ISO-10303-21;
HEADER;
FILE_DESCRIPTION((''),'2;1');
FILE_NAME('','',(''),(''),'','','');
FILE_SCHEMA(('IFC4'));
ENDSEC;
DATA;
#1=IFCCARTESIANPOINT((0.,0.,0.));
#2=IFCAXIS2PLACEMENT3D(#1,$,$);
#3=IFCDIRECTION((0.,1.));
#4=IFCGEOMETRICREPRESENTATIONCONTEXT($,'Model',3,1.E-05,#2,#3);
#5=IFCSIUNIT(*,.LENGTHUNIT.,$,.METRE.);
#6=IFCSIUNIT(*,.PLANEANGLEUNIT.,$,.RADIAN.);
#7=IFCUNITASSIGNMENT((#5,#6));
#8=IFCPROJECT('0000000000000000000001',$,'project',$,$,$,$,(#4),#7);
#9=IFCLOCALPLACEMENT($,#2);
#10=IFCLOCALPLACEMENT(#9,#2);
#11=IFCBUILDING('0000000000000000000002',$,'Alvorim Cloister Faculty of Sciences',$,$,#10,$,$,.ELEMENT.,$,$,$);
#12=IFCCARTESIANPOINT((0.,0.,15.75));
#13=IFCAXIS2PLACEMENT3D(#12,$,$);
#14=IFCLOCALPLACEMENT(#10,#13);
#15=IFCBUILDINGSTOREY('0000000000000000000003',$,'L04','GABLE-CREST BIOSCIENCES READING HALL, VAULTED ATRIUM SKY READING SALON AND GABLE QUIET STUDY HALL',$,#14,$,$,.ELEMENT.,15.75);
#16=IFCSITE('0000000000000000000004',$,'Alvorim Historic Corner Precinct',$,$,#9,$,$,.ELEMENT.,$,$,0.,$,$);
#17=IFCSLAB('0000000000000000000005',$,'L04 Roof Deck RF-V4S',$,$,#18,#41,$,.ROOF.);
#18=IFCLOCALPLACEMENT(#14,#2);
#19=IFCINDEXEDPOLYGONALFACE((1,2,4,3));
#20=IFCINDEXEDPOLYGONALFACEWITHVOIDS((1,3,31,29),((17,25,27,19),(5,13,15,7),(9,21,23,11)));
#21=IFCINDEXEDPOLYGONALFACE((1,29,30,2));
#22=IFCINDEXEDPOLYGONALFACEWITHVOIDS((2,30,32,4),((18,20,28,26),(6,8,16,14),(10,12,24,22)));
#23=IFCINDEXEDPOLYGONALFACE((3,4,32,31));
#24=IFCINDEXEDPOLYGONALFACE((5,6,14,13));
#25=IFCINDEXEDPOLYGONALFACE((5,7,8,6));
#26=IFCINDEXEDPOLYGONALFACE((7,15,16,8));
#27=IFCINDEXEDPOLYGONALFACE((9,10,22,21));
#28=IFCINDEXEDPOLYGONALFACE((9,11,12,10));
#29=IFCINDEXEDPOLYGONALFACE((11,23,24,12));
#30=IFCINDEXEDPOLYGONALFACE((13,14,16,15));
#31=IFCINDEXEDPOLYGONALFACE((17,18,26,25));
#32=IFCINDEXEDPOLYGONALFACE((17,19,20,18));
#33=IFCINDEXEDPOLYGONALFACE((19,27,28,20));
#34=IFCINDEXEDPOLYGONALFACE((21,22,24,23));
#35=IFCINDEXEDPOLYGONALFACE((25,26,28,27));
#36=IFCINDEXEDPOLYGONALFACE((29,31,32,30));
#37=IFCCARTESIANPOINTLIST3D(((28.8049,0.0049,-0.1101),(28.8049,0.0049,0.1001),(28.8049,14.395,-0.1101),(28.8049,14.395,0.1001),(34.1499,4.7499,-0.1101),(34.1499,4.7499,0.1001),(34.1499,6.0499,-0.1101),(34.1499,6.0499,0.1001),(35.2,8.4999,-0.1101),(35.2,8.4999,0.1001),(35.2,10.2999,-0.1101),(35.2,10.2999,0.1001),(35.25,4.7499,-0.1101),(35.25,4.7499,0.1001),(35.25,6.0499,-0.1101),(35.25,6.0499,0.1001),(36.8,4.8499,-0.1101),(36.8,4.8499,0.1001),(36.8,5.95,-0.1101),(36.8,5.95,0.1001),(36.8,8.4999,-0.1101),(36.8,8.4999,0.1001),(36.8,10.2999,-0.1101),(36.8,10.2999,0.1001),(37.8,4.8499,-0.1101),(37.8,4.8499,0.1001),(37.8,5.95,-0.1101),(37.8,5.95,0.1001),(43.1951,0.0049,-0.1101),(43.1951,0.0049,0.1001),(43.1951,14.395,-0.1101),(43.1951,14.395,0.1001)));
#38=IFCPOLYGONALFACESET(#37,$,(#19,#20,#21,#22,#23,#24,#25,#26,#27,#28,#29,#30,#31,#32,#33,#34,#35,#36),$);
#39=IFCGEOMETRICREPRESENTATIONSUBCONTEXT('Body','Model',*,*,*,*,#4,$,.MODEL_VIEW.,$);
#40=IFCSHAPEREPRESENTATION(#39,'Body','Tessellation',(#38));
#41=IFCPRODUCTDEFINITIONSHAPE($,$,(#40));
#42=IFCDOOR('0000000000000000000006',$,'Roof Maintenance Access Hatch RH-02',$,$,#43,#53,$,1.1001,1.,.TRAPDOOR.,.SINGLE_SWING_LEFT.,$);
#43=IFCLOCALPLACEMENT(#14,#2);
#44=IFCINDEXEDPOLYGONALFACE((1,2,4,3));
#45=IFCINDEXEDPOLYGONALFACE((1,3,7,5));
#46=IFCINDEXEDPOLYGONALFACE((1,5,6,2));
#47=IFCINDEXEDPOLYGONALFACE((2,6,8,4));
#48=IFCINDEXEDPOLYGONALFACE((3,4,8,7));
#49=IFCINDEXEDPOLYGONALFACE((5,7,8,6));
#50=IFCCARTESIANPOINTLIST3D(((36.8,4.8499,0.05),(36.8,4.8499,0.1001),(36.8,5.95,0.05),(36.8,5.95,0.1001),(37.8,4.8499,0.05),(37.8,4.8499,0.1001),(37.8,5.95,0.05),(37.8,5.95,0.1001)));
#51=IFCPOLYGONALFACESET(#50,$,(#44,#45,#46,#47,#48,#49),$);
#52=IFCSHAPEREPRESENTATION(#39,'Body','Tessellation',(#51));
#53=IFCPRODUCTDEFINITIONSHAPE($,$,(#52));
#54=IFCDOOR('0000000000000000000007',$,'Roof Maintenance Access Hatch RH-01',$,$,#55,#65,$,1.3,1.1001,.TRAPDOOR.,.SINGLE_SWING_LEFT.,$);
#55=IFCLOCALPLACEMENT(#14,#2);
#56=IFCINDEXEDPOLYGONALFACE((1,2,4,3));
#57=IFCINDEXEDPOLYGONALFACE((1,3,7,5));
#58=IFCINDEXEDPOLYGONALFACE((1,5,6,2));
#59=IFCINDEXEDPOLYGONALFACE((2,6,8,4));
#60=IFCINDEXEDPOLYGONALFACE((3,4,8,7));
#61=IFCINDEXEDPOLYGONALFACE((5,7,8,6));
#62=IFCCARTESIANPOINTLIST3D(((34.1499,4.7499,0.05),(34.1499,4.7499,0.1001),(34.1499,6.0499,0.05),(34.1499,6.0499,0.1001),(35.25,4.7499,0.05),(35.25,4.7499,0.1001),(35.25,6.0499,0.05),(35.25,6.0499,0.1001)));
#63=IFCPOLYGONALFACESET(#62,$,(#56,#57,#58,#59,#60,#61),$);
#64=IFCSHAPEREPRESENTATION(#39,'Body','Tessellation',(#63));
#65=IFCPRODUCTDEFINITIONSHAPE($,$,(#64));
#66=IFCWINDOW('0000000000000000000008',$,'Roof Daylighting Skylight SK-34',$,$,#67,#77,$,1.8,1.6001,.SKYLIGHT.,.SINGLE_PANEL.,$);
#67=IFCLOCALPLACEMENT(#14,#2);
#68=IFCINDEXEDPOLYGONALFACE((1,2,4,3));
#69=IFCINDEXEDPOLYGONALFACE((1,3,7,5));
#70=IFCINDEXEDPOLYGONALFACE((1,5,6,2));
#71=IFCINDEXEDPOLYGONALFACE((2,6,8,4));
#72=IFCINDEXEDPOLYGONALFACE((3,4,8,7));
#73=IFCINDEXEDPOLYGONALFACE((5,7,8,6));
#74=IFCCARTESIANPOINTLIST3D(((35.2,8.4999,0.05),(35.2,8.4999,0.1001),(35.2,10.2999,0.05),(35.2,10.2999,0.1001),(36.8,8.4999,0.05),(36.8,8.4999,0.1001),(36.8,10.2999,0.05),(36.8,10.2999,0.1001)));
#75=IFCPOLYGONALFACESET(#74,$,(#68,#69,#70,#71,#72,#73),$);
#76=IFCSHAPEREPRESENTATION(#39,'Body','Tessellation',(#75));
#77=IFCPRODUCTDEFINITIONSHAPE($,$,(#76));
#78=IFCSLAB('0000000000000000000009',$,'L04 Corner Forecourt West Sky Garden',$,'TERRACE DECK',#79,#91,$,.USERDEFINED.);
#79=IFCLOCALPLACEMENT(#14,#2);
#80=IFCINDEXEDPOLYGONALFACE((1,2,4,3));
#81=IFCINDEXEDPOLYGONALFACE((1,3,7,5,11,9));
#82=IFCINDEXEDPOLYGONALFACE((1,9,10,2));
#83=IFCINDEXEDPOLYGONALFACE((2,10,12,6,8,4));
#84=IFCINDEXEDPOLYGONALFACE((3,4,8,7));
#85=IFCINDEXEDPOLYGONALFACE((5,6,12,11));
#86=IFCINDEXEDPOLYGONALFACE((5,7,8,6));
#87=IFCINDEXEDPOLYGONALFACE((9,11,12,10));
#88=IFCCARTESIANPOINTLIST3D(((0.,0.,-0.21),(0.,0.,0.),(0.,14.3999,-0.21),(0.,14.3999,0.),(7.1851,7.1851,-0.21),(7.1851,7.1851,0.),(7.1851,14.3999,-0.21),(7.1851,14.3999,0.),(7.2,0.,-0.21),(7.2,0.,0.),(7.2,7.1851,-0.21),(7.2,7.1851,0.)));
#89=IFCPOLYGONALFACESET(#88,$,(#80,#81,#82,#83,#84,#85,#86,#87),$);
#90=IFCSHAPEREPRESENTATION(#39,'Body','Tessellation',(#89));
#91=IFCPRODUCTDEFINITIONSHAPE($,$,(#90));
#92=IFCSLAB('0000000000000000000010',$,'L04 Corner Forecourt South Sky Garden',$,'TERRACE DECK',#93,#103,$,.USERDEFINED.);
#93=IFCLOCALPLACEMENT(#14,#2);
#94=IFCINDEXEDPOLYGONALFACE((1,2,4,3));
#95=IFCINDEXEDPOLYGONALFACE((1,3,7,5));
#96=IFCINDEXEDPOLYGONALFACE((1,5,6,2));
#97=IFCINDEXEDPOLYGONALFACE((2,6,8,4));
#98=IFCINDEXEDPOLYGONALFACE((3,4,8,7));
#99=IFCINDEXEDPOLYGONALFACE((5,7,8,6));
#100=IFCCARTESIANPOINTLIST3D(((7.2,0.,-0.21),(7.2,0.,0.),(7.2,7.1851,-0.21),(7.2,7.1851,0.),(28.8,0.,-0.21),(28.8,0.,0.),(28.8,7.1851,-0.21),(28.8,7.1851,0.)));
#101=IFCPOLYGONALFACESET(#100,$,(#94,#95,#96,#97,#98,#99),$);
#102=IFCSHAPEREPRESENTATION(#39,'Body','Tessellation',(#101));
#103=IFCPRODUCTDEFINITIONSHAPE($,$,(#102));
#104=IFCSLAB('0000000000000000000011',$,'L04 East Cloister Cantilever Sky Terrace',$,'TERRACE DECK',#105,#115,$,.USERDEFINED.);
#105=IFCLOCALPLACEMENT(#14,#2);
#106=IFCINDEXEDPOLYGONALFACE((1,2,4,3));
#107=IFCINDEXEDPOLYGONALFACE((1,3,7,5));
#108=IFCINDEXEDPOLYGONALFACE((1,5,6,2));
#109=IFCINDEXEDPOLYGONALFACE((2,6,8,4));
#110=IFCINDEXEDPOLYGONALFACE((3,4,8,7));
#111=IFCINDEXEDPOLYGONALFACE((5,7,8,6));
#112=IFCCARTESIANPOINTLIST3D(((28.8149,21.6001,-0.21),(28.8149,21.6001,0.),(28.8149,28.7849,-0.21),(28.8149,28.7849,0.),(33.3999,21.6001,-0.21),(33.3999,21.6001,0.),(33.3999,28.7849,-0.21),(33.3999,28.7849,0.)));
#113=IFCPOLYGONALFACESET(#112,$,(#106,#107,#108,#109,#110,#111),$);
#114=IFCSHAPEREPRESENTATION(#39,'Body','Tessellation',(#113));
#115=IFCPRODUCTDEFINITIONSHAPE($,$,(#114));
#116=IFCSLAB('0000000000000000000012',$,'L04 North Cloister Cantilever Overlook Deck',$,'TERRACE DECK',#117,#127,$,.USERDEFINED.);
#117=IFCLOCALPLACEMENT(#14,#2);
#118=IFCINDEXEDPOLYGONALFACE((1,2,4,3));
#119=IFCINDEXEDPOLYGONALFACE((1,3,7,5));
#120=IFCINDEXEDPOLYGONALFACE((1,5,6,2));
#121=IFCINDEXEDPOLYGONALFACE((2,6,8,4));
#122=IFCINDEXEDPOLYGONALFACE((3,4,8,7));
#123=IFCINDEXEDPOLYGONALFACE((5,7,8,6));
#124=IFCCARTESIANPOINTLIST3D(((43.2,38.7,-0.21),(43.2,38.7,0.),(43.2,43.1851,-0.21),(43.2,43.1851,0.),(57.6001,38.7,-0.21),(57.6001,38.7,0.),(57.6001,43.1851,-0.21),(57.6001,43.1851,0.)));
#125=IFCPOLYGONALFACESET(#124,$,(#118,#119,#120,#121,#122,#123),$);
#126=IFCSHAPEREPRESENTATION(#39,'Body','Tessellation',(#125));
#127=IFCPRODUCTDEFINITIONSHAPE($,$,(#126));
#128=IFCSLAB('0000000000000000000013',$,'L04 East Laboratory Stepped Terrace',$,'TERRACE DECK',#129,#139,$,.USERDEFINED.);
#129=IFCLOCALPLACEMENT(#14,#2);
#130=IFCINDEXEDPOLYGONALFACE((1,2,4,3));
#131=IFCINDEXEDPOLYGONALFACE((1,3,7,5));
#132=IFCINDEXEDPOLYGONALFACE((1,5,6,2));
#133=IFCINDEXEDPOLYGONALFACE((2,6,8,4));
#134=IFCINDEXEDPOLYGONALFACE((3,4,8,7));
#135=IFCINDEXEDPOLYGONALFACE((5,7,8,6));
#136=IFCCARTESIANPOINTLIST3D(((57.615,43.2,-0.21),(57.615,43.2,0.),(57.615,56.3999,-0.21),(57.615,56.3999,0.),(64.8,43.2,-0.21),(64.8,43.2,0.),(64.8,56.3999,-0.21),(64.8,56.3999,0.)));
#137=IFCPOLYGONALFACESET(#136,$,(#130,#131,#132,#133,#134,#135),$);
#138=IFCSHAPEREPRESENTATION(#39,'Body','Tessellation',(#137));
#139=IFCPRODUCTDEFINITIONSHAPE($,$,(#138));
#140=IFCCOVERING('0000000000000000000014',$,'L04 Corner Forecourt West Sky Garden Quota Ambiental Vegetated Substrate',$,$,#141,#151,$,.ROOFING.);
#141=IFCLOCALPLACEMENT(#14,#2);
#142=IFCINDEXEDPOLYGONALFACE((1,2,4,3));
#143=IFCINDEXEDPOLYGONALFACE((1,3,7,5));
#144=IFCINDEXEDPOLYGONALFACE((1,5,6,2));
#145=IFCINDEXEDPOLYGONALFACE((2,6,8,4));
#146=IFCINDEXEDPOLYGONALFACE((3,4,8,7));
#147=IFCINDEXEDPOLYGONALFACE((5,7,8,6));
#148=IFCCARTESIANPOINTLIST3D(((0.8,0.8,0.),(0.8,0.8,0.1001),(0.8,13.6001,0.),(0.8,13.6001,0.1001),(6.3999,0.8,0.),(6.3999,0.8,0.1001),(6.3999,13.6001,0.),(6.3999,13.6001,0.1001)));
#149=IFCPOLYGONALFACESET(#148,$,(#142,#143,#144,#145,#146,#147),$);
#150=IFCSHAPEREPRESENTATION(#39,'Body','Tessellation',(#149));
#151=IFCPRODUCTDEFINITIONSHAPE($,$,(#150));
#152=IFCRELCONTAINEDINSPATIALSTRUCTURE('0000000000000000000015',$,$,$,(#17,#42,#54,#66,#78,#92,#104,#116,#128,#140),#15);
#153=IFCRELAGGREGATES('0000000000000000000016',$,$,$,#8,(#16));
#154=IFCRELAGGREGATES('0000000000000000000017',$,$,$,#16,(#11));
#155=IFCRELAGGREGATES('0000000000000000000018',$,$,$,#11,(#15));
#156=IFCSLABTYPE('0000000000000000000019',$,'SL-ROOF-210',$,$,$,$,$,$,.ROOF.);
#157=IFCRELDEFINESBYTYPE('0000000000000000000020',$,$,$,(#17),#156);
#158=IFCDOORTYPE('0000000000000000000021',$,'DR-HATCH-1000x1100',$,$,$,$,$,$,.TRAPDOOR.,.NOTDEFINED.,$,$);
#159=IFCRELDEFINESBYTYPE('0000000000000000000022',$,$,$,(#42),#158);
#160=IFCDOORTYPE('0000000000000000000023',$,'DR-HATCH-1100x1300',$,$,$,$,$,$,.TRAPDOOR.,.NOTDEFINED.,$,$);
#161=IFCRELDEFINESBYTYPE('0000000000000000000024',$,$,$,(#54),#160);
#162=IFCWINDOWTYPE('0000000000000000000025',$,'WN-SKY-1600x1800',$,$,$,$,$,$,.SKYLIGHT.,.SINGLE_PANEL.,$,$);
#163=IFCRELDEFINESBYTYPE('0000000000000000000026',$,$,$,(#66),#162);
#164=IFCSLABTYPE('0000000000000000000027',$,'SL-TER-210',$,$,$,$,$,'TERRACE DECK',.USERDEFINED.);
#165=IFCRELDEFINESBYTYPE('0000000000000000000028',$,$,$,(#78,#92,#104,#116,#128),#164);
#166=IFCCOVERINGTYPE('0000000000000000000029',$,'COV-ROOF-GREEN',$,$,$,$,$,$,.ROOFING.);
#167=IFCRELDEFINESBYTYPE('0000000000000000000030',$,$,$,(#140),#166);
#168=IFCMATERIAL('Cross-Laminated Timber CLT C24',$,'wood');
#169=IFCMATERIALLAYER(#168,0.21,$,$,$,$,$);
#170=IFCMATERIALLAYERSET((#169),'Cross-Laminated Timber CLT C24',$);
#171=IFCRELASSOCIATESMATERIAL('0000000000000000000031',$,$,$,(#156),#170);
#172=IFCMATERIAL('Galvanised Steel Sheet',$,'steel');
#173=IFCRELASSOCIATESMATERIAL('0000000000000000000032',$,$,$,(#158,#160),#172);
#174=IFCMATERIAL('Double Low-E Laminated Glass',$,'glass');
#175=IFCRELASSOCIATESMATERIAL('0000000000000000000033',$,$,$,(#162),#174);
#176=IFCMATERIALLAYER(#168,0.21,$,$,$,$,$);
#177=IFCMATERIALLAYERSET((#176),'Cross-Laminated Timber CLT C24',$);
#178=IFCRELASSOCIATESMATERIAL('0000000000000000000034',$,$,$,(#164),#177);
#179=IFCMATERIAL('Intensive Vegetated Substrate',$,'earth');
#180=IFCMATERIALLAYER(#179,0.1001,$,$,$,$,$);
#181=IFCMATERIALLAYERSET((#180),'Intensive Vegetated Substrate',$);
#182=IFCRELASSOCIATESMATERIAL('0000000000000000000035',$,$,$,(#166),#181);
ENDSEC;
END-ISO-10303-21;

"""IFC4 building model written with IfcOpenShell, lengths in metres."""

from ifc_helpers import new_model, si_unit, direction, frame, origin, origin_2d, place, context, subcontext, project, spatial, polyline, rectangle, outline, extrude, material, layer, layer_set, type_object, element, fill, save


model = new_model("IFC4")

# Units and contexts
model_context = context("Model", 3, precision=1e-05, world=origin(), true_north=direction((0.0, 1.0)))
body_context = subcontext(model_context, "Body", "Model", "MODEL_VIEW")
ifc_project = project(units=[si_unit("LENGTHUNIT", "METRE"), si_unit("PLANEANGLEUNIT", "RADIAN")], contexts=[model_context])

# Site, building, storey
site_placement = place(None, origin())
site = spatial("IfcSite", under=ifc_project, at=site_placement, Name="Alvorim Historic Corner Precinct", CompositionType="ELEMENT", RefElevation=0.0)
building_placement = place(site_placement, origin())
building = spatial("IfcBuilding", under=site, at=building_placement, Name="Alvorim Cloister Faculty of Sciences", CompositionType="ELEMENT")
storey_placement = place(building_placement, frame((0.0, 0.0, 15.75)))
storey = spatial("IfcBuildingStorey", under=building, at=storey_placement, Name="L04", Description="GABLE-CREST BIOSCIENCES READING HALL, VAULTED ATRIUM SKY READING SALON AND GABLE QUIET STUDY HALL", CompositionType="ELEMENT", Elevation=15.75)

# Shared definitions
ifc_material_1 = material(Name="Cross-Laminated Timber CLT C24", Category="wood")

# Slab, openings, doors, window
ifc_layer_1 = layer(ifc_material_1, 0.21)
ifc_layer_set_1 = layer_set([ifc_layer_1], Name="Cross-Laminated Timber CLT C24")
slab_type_1 = type_object("IfcSlabType", Name="SL-ROOF-210", PredefinedType="ROOF", material=ifc_layer_set_1)
slab_1_placement = place(storey_placement, frame((0.0, 0.0, -0.1101)))
slab_1 = element("IfcSlab", 1, at=slab_1_placement, inside=storey, type_object=slab_type_1, Name="L04 Roof Deck RF-V4S", PredefinedType="ROOF", context=body_context, shape_type="SweptSolid", body=[
    extrude(outline(polyline([(28.8049, 0.0049), (43.1951, 0.0049), (43.1951, 14.395), (28.8049, 14.395), (28.8049, 0.0049)])), origin(), (0.0, 0.0, 1.0), 0.2102),
])
opening_1_placement = place(slab_1_placement, frame((34.7, 5.3999, -0.012)))
opening_1 = element("IfcOpeningElement", 2, at=opening_1_placement, cuts=slab_1, PredefinedType="OPENING", context=body_context, shape_type="SweptSolid", body=[
    extrude(rectangle(XDim=1.1001, YDim=1.3, at=origin_2d()), origin(), (0.0, 0.0, 1.0), 0.2341),
])
opening_2_placement = place(slab_1_placement, frame((37.3, 5.3999, -0.012)))
opening_2 = element("IfcOpeningElement", 3, at=opening_2_placement, cuts=slab_1, PredefinedType="OPENING", context=body_context, shape_type="SweptSolid", body=[
    extrude(rectangle(XDim=1.0, YDim=1.1001, at=origin_2d()), origin(), (0.0, 0.0, 1.0), 0.2341),
])
opening_3_placement = place(slab_1_placement, frame((36.0, 9.3999, -0.012)))
opening_3 = element("IfcOpeningElement", 4, at=opening_3_placement, cuts=slab_1, PredefinedType="OPENING", context=body_context, shape_type="SweptSolid", body=[
    extrude(rectangle(XDim=1.6001, YDim=1.8, at=origin_2d()), origin(), (0.0, 0.0, 1.0), 0.2341),
])
ifc_material_2 = material(Name="Galvanised Steel Sheet", Category="steel")
door_type_1 = type_object("IfcDoorType", Name="DR-HATCH-1000x1100", OperationType="NOTDEFINED", PredefinedType="TRAPDOOR", material=ifc_material_2)
door_1_placement = place(slab_1_placement, frame((37.3, 5.3999, 0.1602)))
door_1 = element("IfcDoor", 5, at=door_1_placement, inside=storey, type_object=door_type_1, Name="Roof Maintenance Access Hatch RH-02", OperationType="SINGLE_SWING_LEFT", OverallHeight=1.1001, OverallWidth=1.0, PredefinedType="TRAPDOOR", context=body_context, shape_type="SweptSolid", body=[
    extrude(rectangle(XDim=1.0, YDim=1.1001, at=origin_2d()), origin(), (0.0, 0.0, 1.0), 0.05),
])
fill(opening_2, door_1)
door_type_2 = type_object("IfcDoorType", Name="DR-HATCH-1100x1300", OperationType="NOTDEFINED", PredefinedType="TRAPDOOR", material=ifc_material_2)
door_2_placement = place(slab_1_placement, frame((34.7, 5.3999, 0.1602)))
door_2 = element("IfcDoor", 6, at=door_2_placement, inside=storey, type_object=door_type_2, Name="Roof Maintenance Access Hatch RH-01", OperationType="SINGLE_SWING_LEFT", OverallHeight=1.3, OverallWidth=1.1001, PredefinedType="TRAPDOOR", context=body_context, shape_type="SweptSolid", body=[
    extrude(rectangle(XDim=1.1001, YDim=1.3, at=origin_2d()), origin(), (0.0, 0.0, 1.0), 0.05),
])
fill(opening_1, door_2)
ifc_material_3 = material(Name="Double Low-E Laminated Glass", Category="glass")
window_type = type_object("IfcWindowType", Name="WN-SKY-1600x1800", PartitioningType="SINGLE_PANEL", PredefinedType="SKYLIGHT", material=ifc_material_3)
window_placement = place(slab_1_placement, frame((36.0, 9.3999, 0.1602)))
window = element("IfcWindow", 7, at=window_placement, inside=storey, type_object=window_type, Name="Roof Daylighting Skylight SK-34", OverallHeight=1.8, OverallWidth=1.6001, PartitioningType="SINGLE_PANEL", PredefinedType="SKYLIGHT", context=body_context, shape_type="SweptSolid", body=[
    extrude(rectangle(XDim=1.6001, YDim=1.8, at=origin_2d()), origin(), (0.0, 0.0, 1.0), 0.05),
])
fill(opening_3, window)

# Slabs
ifc_layer_2 = layer(ifc_material_1, 0.21)
ifc_layer_set_2 = layer_set([ifc_layer_2], Name="Cross-Laminated Timber CLT C24")
slab_type_2 = type_object("IfcSlabType", Name="SL-TER-210", ElementType="TERRACE DECK", PredefinedType="USERDEFINED", material=ifc_layer_set_2)
slab_2_placement = place(storey_placement, frame((0.0, 0.0, -0.21)))
element("IfcSlab", 8, at=slab_2_placement, inside=storey, type_object=slab_type_2, Name="L04 Corner Forecourt West Sky Garden", ObjectType="TERRACE DECK", PredefinedType="USERDEFINED", context=body_context, shape_type="SweptSolid", body=[
    extrude(outline(polyline([(7.2, 0.0), (0.0, 0.0), (0.0, 14.3999), (7.1851, 14.3999), (7.1851, 7.1851), (7.2, 7.1851), (7.2, 0.0)])), origin(), (0.0, 0.0, 1.0), 0.21),
])
slab_3_placement = place(storey_placement, frame((0.0, 0.0, -0.21)))
element("IfcSlab", 9, at=slab_3_placement, inside=storey, type_object=slab_type_2, Name="L04 Corner Forecourt South Sky Garden", ObjectType="TERRACE DECK", PredefinedType="USERDEFINED", context=body_context, shape_type="SweptSolid", body=[
    extrude(outline(polyline([(28.8, 0.0), (7.2, 0.0), (7.2, 7.1851), (28.8, 7.1851), (28.8, 0.0)])), origin(), (0.0, 0.0, 1.0), 0.21),
])
slab_4_placement = place(storey_placement, frame((0.0, 0.0, -0.21)))
element("IfcSlab", 10, at=slab_4_placement, inside=storey, type_object=slab_type_2, Name="L04 East Cloister Cantilever Sky Terrace", ObjectType="TERRACE DECK", PredefinedType="USERDEFINED", context=body_context, shape_type="SweptSolid", body=[
    extrude(outline(polyline([(33.3999, 21.6001), (28.8149, 21.6001), (28.8149, 28.7849), (33.3999, 28.7849), (33.3999, 21.6001)])), origin(), (0.0, 0.0, 1.0), 0.21),
])
slab_5_placement = place(storey_placement, frame((0.0, 0.0, -0.21)))
element("IfcSlab", 11, at=slab_5_placement, inside=storey, type_object=slab_type_2, Name="L04 North Cloister Cantilever Overlook Deck", ObjectType="TERRACE DECK", PredefinedType="USERDEFINED", context=body_context, shape_type="SweptSolid", body=[
    extrude(outline(polyline([(57.6001, 38.7), (43.2, 38.7), (43.2, 43.1851), (57.6001, 43.1851), (57.6001, 38.7)])), origin(), (0.0, 0.0, 1.0), 0.21),
])
slab_6_placement = place(storey_placement, frame((0.0, 0.0, -0.21)))
element("IfcSlab", 12, at=slab_6_placement, inside=storey, type_object=slab_type_2, Name="L04 East Laboratory Stepped Terrace", ObjectType="TERRACE DECK", PredefinedType="USERDEFINED", context=body_context, shape_type="SweptSolid", body=[
    extrude(outline(polyline([(64.8, 56.3999), (64.8, 43.2), (57.615, 43.2), (57.615, 56.3999), (64.8, 56.3999)])), origin(), (0.0, 0.0, 1.0), 0.21),
])

# Covering
ifc_material_4 = material(Name="Intensive Vegetated Substrate", Category="earth")
ifc_layer_3 = layer(ifc_material_4, 0.1001)
ifc_layer_set_3 = layer_set([ifc_layer_3], Name="Intensive Vegetated Substrate")
covering_type = type_object("IfcCoveringType", Name="COV-ROOF-GREEN", PredefinedType="ROOFING", material=ifc_layer_set_3)
covering_placement = place(storey_placement, origin())
element("IfcCovering", 13, at=covering_placement, inside=storey, type_object=covering_type, Name="L04 Corner Forecourt West Sky Garden Quota Ambiental Vegetated Substrate", PredefinedType="ROOFING", context=body_context, shape_type="SweptSolid", body=[
    extrude(outline(polyline([(0.8, 0.8), (6.3999, 0.8), (6.3999, 13.6001), (0.8, 13.6001), (0.8, 0.8)])), origin(), (0.0, 0.0, 1.0), 0.1001),
])

save(model, "model.ifc")
